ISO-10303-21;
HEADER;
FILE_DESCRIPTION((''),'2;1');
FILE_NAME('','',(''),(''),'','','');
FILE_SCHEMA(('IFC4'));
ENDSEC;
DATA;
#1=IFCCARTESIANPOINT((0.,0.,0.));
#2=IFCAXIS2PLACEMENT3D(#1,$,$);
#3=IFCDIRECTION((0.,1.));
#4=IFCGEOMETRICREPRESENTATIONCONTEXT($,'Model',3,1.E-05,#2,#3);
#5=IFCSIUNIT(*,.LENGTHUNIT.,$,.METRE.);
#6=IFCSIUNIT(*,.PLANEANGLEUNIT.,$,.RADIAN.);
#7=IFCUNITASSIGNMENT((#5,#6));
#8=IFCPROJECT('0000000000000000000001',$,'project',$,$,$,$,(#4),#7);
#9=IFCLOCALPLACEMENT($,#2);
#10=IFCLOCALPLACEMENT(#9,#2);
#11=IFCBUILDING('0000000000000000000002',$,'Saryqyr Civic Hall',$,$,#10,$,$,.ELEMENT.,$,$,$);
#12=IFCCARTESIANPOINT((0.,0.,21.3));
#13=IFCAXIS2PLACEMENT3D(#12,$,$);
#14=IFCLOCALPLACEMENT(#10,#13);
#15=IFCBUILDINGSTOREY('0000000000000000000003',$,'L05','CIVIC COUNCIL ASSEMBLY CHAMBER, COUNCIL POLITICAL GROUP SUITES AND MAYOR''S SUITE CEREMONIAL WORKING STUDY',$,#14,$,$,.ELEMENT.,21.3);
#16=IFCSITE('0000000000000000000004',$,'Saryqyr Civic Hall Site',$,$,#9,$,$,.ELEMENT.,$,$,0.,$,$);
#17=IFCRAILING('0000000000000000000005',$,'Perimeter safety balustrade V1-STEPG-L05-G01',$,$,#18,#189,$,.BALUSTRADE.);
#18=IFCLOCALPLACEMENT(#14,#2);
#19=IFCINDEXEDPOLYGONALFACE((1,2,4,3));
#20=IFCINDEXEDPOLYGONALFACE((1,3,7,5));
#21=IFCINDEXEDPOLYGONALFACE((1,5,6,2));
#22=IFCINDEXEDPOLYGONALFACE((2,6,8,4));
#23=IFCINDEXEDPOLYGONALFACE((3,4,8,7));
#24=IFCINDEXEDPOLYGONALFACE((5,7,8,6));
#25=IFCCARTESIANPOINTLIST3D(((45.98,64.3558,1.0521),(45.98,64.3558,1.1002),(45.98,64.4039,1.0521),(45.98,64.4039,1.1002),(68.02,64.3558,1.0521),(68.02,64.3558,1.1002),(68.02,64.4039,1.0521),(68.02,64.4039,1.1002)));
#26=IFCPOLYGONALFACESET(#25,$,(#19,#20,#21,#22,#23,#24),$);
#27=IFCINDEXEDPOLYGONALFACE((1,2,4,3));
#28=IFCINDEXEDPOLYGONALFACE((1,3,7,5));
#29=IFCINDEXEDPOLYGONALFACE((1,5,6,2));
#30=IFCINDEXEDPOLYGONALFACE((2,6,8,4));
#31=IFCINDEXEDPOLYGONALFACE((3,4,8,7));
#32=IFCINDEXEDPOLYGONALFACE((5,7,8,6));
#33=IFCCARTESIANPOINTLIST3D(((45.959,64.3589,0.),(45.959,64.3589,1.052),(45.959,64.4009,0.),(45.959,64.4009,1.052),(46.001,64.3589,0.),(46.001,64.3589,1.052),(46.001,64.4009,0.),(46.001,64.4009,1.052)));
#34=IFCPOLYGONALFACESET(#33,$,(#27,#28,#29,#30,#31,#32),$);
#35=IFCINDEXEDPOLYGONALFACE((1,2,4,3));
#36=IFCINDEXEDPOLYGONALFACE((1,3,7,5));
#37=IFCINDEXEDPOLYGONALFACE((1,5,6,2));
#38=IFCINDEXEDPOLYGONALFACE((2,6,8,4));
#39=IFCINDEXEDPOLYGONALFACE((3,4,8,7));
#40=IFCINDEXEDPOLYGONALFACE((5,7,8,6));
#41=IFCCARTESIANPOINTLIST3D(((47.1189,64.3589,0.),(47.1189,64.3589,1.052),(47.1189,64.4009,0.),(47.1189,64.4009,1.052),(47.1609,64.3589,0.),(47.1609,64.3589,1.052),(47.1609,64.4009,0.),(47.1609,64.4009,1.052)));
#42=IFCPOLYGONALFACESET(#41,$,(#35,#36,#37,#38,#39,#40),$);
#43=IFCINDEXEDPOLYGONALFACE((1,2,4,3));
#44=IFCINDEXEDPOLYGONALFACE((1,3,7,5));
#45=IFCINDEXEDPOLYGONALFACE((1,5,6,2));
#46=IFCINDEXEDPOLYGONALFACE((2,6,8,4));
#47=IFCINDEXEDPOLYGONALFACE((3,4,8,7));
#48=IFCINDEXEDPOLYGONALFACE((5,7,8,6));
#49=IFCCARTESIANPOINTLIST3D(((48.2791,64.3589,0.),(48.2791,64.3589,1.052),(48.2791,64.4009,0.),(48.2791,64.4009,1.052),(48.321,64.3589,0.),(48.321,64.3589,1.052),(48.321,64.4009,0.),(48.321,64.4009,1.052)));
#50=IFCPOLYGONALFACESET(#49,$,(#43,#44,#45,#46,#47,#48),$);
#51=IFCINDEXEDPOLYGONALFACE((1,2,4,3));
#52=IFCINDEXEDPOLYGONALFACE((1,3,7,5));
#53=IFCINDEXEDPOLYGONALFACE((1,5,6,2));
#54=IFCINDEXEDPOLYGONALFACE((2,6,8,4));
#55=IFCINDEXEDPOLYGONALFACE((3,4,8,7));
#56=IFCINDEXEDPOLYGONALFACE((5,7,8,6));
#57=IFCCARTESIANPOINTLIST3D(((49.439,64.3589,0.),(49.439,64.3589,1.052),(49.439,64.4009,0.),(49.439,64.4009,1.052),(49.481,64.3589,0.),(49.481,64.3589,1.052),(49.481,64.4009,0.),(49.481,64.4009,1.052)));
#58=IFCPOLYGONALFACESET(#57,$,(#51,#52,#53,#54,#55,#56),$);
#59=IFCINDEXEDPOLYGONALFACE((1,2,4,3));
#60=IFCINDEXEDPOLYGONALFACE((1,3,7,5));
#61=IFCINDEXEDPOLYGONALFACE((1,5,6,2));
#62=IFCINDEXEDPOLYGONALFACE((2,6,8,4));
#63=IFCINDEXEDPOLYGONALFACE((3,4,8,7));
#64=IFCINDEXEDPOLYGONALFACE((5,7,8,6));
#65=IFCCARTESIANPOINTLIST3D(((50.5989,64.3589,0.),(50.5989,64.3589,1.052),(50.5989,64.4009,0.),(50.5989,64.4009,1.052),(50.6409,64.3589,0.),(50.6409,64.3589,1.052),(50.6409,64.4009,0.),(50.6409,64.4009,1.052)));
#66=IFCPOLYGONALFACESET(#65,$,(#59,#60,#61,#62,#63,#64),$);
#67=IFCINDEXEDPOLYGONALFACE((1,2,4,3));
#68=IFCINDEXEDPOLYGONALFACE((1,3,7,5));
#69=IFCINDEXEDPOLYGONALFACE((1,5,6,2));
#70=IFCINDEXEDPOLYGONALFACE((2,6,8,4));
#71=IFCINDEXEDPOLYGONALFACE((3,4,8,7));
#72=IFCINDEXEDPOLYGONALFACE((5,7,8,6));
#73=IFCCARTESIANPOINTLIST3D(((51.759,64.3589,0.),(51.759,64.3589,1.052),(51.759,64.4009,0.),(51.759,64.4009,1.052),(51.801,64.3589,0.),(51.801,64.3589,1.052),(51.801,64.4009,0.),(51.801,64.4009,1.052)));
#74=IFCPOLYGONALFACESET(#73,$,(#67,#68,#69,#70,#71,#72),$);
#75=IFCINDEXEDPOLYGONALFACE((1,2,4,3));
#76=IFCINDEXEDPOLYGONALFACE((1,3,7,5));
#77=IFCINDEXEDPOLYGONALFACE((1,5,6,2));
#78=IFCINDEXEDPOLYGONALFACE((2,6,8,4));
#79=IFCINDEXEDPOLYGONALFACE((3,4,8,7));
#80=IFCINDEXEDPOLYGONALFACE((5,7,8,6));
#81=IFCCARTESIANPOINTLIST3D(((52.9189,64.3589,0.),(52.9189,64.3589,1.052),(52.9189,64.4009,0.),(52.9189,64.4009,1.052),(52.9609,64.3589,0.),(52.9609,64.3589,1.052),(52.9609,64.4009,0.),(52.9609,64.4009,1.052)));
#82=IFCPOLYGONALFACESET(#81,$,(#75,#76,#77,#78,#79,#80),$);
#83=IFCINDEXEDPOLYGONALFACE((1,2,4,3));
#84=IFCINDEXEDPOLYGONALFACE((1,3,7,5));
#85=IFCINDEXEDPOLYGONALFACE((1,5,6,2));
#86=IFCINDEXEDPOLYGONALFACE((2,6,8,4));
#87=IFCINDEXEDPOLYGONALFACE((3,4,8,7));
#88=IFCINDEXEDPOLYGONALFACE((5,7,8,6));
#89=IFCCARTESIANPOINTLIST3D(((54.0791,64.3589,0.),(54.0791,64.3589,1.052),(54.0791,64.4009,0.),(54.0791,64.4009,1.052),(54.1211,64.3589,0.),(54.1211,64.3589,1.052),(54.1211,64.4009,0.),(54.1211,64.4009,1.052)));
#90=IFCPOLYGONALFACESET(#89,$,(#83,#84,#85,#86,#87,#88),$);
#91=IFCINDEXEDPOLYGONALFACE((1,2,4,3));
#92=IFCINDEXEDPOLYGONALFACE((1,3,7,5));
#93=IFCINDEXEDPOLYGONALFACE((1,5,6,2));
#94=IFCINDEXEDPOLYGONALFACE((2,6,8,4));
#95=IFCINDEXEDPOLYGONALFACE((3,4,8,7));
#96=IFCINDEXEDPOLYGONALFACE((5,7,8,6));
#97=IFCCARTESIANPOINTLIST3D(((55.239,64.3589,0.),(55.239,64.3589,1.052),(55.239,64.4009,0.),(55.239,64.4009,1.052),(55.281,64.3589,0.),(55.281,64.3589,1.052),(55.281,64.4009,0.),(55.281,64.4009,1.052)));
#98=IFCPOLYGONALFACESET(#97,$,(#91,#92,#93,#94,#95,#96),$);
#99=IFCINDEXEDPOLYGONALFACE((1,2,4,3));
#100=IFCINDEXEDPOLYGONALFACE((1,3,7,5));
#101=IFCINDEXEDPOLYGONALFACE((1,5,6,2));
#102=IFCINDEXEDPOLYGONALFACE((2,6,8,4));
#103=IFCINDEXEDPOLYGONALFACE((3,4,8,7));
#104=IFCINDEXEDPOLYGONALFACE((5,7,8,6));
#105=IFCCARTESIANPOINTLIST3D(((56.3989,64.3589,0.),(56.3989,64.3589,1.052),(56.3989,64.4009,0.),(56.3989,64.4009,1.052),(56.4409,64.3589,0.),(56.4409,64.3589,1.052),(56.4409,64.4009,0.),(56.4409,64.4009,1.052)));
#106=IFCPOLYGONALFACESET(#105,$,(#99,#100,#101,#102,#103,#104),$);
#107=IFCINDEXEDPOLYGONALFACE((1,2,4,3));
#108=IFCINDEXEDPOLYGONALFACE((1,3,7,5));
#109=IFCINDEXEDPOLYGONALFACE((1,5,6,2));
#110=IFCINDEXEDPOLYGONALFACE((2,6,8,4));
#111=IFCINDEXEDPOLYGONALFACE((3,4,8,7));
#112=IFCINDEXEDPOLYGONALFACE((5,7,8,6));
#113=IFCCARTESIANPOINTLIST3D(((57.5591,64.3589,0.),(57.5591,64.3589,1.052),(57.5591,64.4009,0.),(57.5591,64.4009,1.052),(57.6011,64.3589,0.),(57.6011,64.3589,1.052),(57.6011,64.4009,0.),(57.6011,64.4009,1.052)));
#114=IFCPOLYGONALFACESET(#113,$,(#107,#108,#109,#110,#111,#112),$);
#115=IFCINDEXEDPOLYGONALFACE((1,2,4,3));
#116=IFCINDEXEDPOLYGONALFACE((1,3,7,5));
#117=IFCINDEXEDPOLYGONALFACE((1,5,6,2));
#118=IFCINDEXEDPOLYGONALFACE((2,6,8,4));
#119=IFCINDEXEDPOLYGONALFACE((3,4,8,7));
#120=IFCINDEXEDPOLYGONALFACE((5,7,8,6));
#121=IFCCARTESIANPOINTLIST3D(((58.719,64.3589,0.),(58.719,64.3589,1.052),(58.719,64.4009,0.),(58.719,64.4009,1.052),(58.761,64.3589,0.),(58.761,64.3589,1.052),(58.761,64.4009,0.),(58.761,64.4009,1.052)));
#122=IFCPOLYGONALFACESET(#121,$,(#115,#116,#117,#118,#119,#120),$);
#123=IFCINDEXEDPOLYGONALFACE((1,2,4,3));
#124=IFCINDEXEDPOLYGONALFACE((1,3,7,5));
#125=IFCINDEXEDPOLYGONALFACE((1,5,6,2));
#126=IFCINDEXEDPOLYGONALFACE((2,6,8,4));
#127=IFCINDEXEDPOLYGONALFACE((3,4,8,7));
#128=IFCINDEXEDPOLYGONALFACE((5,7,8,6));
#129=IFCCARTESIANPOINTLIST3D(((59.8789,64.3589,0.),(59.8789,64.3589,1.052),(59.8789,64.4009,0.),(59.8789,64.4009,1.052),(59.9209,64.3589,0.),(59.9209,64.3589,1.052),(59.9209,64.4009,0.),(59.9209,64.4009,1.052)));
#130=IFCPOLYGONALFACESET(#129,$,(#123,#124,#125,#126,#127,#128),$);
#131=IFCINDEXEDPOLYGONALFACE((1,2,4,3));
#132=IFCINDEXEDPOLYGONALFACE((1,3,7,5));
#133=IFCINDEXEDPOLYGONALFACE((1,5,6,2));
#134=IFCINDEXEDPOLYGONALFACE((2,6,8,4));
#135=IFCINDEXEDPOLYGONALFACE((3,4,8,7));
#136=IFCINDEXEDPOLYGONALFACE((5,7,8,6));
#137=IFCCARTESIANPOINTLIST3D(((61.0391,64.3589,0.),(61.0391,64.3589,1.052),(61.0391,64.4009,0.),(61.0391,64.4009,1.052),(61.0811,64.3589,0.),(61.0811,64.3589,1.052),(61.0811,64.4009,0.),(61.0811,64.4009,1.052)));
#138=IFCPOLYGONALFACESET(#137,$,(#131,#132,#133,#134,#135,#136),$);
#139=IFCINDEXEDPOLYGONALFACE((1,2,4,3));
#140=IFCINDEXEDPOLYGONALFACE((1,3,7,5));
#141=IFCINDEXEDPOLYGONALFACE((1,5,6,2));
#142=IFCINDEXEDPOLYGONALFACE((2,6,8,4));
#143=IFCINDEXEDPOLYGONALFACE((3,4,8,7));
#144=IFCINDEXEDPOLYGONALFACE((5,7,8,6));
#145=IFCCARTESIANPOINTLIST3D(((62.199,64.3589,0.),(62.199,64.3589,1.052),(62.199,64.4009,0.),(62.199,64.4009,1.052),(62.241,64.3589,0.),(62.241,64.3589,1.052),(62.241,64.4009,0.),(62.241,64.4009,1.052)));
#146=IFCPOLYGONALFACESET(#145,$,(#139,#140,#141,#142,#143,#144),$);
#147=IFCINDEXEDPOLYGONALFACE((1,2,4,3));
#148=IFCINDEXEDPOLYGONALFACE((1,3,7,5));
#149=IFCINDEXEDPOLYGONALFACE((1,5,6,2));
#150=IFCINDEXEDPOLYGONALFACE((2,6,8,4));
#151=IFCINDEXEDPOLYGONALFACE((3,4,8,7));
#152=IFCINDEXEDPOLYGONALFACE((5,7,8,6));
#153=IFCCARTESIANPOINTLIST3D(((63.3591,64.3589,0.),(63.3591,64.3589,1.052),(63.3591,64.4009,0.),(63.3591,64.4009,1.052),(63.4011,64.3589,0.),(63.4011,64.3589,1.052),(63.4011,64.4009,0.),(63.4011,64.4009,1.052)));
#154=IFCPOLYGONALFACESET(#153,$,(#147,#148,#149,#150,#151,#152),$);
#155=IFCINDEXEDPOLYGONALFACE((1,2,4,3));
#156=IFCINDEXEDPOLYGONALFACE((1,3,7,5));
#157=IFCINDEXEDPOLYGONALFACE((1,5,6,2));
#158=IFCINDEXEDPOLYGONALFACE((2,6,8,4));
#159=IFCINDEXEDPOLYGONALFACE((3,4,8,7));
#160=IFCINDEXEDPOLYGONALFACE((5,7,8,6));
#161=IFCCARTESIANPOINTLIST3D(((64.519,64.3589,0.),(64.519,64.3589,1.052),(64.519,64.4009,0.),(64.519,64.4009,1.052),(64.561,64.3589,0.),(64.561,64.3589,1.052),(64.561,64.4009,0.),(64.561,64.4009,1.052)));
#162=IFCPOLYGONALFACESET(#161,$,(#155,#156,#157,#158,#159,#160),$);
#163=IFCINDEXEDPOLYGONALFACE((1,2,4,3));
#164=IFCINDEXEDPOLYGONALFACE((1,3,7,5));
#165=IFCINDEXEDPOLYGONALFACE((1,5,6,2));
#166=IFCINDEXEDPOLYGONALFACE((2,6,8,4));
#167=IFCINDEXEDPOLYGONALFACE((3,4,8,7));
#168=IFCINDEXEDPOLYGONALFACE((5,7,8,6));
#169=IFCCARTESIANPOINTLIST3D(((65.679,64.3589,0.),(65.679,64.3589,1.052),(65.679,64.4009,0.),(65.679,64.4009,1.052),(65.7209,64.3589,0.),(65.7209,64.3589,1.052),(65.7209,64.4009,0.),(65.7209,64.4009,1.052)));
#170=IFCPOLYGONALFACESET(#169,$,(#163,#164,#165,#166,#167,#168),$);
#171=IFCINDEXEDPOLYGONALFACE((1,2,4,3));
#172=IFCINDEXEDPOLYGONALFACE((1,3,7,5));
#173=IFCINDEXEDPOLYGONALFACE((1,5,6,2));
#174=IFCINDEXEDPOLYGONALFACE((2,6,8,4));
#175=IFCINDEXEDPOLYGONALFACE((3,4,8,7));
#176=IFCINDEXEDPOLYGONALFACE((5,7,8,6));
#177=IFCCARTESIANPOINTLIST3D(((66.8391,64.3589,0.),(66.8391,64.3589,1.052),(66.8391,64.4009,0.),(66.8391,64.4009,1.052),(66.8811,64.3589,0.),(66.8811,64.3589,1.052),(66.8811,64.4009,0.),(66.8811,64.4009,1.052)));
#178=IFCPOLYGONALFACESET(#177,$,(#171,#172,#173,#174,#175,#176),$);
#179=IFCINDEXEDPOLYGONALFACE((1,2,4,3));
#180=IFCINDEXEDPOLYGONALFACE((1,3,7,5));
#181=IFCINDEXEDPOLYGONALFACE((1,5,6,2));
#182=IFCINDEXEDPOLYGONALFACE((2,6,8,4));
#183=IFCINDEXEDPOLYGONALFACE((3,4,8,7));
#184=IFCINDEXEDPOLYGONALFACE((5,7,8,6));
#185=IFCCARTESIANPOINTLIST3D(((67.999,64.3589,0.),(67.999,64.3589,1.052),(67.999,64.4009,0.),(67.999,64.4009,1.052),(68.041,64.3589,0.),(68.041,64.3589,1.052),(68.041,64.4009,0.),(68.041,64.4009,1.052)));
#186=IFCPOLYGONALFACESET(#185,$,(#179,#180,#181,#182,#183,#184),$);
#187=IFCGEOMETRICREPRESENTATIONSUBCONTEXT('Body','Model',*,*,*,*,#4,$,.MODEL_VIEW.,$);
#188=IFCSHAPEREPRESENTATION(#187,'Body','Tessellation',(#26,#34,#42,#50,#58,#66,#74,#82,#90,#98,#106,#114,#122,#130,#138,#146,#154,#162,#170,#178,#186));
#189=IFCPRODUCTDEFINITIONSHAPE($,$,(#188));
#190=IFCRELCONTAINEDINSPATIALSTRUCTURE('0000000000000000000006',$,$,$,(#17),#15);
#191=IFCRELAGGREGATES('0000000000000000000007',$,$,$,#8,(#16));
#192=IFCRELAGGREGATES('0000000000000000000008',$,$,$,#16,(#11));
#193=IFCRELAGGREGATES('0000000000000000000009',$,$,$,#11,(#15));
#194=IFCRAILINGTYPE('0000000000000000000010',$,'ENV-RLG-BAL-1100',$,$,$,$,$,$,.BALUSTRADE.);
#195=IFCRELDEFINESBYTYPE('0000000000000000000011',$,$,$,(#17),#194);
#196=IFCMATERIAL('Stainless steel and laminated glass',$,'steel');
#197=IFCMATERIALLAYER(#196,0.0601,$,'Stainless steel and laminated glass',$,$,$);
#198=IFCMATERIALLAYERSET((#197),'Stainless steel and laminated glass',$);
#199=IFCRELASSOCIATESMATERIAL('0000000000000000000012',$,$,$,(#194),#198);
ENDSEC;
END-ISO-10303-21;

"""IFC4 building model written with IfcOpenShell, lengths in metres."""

from ifc_helpers import new_model, si_unit, direction, frame, origin, origin_2d, place, context, subcontext, project, spatial, rectangle, extrude, material, layer, layer_set, type_object, element, save


model = new_model("IFC4")

# Units and contexts
model_context = context("Model", 3, precision=1e-05, world=origin(), true_north=direction((0.0, 1.0)))
body_context = subcontext(model_context, "Body", "Model", "MODEL_VIEW")
ifc_project = project(units=[si_unit("LENGTHUNIT", "METRE"), si_unit("PLANEANGLEUNIT", "RADIAN")], contexts=[model_context])

# Site, building, storey
site_placement = place(None, origin())
site = spatial("IfcSite", under=ifc_project, at=site_placement, Name="Saryqyr Civic Hall Site", CompositionType="ELEMENT", RefElevation=0.0)
building_placement = place(site_placement, origin())
building = spatial("IfcBuilding", under=site, at=building_placement, Name="Saryqyr Civic Hall", CompositionType="ELEMENT")
storey_placement = place(building_placement, frame((0.0, 0.0, 21.3)))
storey = spatial("IfcBuildingStorey", under=building, at=storey_placement, Name="L05", Description="CIVIC COUNCIL ASSEMBLY CHAMBER, COUNCIL POLITICAL GROUP SUITES AND MAYOR'S SUITE CEREMONIAL WORKING STUDY", CompositionType="ELEMENT", Elevation=21.3)

# Railing
ifc_material_1 = material(Name="Stainless steel and laminated glass", Category="steel")
ifc_layer_1 = layer(ifc_material_1, 0.0601, Name="Stainless steel and laminated glass")
ifc_layer_set_1 = layer_set([ifc_layer_1], Name="Stainless steel and laminated glass")
railing_type_1 = type_object("IfcRailingType", Name="ENV-RLG-BAL-1100", PredefinedType="BALUSTRADE", material=ifc_layer_set_1)
railing_1_placement = place(storey_placement, frame((45.98, 64.3799, 0.0)))
element("IfcRailing", 1, at=railing_1_placement, inside=storey, type_object=railing_type_1, Name="Perimeter safety balustrade V1-STEPG-L05-G01", PredefinedType="BALUSTRADE", context=body_context, shape_type="SweptSolid", body=[
    extrude(rectangle(XDim=0.0481, YDim=0.0481, at=origin_2d()), frame((0.0, 0.0, 1.0762), z_axis=(1.0, 0.0, 0.0), x_axis=(0.0, 1.0, 0.0)), (0.0, 0.0, 1.0), 22.04),
    extrude(rectangle(XDim=0.042, YDim=0.042, at=origin_2d()), origin(), (0.0, 0.0, 1.0), 1.052),
    extrude(rectangle(XDim=0.042, YDim=0.042, at=origin_2d()), frame((1.1599, 0.0, 0.0)), (0.0, 0.0, 1.0), 1.052),
    extrude(rectangle(XDim=0.042, YDim=0.042, at=origin_2d()), frame((2.3201, 0.0, 0.0)), (0.0, 0.0, 1.0), 1.052),
    extrude(rectangle(XDim=0.042, YDim=0.042, at=origin_2d()), frame((3.48, 0.0, 0.0)), (0.0, 0.0, 1.0), 1.052),
    extrude(rectangle(XDim=0.042, YDim=0.042, at=origin_2d()), frame((4.6399, 0.0, 0.0)), (0.0, 0.0, 1.0), 1.052),
    extrude(rectangle(XDim=0.042, YDim=0.042, at=origin_2d()), frame((5.8, 0.0, 0.0)), (0.0, 0.0, 1.0), 1.052),
    extrude(rectangle(XDim=0.042, YDim=0.042, at=origin_2d()), frame((6.96, 0.0, 0.0)), (0.0, 0.0, 1.0), 1.052),
    extrude(rectangle(XDim=0.042, YDim=0.042, at=origin_2d()), frame((8.1201, 0.0, 0.0)), (0.0, 0.0, 1.0), 1.052),
    extrude(rectangle(XDim=0.042, YDim=0.042, at=origin_2d()), frame((9.28, 0.0, 0.0)), (0.0, 0.0, 1.0), 1.052),
    extrude(rectangle(XDim=0.042, YDim=0.042, at=origin_2d()), frame((10.4399, 0.0, 0.0)), (0.0, 0.0, 1.0), 1.052),
    extrude(rectangle(XDim=0.042, YDim=0.042, at=origin_2d()), frame((11.6001, 0.0, 0.0)), (0.0, 0.0, 1.0), 1.052),
    extrude(rectangle(XDim=0.042, YDim=0.042, at=origin_2d()), frame((12.76, 0.0, 0.0)), (0.0, 0.0, 1.0), 1.052),
    extrude(rectangle(XDim=0.042, YDim=0.042, at=origin_2d()), frame((13.9199, 0.0, 0.0)), (0.0, 0.0, 1.0), 1.052),
    extrude(rectangle(XDim=0.042, YDim=0.042, at=origin_2d()), frame((15.0801, 0.0, 0.0)), (0.0, 0.0, 1.0), 1.052),
    extrude(rectangle(XDim=0.042, YDim=0.042, at=origin_2d()), frame((16.24, 0.0, 0.0)), (0.0, 0.0, 1.0), 1.052),
    extrude(rectangle(XDim=0.042, YDim=0.042, at=origin_2d()), frame((17.4001, 0.0, 0.0)), (0.0, 0.0, 1.0), 1.052),
    extrude(rectangle(XDim=0.042, YDim=0.042, at=origin_2d()), frame((18.5601, 0.0, 0.0)), (0.0, 0.0, 1.0), 1.052),
    extrude(rectangle(XDim=0.042, YDim=0.042, at=origin_2d()), frame((19.72, 0.0, 0.0)), (0.0, 0.0, 1.0), 1.052),
    extrude(rectangle(XDim=0.042, YDim=0.042, at=origin_2d()), frame((20.8801, 0.0, 0.0)), (0.0, 0.0, 1.0), 1.052),
    extrude(rectangle(XDim=0.042, YDim=0.042, at=origin_2d()), frame((22.04, 0.0, 0.0)), (0.0, 0.0, 1.0), 1.052),
])

save(model, "model.ifc")
